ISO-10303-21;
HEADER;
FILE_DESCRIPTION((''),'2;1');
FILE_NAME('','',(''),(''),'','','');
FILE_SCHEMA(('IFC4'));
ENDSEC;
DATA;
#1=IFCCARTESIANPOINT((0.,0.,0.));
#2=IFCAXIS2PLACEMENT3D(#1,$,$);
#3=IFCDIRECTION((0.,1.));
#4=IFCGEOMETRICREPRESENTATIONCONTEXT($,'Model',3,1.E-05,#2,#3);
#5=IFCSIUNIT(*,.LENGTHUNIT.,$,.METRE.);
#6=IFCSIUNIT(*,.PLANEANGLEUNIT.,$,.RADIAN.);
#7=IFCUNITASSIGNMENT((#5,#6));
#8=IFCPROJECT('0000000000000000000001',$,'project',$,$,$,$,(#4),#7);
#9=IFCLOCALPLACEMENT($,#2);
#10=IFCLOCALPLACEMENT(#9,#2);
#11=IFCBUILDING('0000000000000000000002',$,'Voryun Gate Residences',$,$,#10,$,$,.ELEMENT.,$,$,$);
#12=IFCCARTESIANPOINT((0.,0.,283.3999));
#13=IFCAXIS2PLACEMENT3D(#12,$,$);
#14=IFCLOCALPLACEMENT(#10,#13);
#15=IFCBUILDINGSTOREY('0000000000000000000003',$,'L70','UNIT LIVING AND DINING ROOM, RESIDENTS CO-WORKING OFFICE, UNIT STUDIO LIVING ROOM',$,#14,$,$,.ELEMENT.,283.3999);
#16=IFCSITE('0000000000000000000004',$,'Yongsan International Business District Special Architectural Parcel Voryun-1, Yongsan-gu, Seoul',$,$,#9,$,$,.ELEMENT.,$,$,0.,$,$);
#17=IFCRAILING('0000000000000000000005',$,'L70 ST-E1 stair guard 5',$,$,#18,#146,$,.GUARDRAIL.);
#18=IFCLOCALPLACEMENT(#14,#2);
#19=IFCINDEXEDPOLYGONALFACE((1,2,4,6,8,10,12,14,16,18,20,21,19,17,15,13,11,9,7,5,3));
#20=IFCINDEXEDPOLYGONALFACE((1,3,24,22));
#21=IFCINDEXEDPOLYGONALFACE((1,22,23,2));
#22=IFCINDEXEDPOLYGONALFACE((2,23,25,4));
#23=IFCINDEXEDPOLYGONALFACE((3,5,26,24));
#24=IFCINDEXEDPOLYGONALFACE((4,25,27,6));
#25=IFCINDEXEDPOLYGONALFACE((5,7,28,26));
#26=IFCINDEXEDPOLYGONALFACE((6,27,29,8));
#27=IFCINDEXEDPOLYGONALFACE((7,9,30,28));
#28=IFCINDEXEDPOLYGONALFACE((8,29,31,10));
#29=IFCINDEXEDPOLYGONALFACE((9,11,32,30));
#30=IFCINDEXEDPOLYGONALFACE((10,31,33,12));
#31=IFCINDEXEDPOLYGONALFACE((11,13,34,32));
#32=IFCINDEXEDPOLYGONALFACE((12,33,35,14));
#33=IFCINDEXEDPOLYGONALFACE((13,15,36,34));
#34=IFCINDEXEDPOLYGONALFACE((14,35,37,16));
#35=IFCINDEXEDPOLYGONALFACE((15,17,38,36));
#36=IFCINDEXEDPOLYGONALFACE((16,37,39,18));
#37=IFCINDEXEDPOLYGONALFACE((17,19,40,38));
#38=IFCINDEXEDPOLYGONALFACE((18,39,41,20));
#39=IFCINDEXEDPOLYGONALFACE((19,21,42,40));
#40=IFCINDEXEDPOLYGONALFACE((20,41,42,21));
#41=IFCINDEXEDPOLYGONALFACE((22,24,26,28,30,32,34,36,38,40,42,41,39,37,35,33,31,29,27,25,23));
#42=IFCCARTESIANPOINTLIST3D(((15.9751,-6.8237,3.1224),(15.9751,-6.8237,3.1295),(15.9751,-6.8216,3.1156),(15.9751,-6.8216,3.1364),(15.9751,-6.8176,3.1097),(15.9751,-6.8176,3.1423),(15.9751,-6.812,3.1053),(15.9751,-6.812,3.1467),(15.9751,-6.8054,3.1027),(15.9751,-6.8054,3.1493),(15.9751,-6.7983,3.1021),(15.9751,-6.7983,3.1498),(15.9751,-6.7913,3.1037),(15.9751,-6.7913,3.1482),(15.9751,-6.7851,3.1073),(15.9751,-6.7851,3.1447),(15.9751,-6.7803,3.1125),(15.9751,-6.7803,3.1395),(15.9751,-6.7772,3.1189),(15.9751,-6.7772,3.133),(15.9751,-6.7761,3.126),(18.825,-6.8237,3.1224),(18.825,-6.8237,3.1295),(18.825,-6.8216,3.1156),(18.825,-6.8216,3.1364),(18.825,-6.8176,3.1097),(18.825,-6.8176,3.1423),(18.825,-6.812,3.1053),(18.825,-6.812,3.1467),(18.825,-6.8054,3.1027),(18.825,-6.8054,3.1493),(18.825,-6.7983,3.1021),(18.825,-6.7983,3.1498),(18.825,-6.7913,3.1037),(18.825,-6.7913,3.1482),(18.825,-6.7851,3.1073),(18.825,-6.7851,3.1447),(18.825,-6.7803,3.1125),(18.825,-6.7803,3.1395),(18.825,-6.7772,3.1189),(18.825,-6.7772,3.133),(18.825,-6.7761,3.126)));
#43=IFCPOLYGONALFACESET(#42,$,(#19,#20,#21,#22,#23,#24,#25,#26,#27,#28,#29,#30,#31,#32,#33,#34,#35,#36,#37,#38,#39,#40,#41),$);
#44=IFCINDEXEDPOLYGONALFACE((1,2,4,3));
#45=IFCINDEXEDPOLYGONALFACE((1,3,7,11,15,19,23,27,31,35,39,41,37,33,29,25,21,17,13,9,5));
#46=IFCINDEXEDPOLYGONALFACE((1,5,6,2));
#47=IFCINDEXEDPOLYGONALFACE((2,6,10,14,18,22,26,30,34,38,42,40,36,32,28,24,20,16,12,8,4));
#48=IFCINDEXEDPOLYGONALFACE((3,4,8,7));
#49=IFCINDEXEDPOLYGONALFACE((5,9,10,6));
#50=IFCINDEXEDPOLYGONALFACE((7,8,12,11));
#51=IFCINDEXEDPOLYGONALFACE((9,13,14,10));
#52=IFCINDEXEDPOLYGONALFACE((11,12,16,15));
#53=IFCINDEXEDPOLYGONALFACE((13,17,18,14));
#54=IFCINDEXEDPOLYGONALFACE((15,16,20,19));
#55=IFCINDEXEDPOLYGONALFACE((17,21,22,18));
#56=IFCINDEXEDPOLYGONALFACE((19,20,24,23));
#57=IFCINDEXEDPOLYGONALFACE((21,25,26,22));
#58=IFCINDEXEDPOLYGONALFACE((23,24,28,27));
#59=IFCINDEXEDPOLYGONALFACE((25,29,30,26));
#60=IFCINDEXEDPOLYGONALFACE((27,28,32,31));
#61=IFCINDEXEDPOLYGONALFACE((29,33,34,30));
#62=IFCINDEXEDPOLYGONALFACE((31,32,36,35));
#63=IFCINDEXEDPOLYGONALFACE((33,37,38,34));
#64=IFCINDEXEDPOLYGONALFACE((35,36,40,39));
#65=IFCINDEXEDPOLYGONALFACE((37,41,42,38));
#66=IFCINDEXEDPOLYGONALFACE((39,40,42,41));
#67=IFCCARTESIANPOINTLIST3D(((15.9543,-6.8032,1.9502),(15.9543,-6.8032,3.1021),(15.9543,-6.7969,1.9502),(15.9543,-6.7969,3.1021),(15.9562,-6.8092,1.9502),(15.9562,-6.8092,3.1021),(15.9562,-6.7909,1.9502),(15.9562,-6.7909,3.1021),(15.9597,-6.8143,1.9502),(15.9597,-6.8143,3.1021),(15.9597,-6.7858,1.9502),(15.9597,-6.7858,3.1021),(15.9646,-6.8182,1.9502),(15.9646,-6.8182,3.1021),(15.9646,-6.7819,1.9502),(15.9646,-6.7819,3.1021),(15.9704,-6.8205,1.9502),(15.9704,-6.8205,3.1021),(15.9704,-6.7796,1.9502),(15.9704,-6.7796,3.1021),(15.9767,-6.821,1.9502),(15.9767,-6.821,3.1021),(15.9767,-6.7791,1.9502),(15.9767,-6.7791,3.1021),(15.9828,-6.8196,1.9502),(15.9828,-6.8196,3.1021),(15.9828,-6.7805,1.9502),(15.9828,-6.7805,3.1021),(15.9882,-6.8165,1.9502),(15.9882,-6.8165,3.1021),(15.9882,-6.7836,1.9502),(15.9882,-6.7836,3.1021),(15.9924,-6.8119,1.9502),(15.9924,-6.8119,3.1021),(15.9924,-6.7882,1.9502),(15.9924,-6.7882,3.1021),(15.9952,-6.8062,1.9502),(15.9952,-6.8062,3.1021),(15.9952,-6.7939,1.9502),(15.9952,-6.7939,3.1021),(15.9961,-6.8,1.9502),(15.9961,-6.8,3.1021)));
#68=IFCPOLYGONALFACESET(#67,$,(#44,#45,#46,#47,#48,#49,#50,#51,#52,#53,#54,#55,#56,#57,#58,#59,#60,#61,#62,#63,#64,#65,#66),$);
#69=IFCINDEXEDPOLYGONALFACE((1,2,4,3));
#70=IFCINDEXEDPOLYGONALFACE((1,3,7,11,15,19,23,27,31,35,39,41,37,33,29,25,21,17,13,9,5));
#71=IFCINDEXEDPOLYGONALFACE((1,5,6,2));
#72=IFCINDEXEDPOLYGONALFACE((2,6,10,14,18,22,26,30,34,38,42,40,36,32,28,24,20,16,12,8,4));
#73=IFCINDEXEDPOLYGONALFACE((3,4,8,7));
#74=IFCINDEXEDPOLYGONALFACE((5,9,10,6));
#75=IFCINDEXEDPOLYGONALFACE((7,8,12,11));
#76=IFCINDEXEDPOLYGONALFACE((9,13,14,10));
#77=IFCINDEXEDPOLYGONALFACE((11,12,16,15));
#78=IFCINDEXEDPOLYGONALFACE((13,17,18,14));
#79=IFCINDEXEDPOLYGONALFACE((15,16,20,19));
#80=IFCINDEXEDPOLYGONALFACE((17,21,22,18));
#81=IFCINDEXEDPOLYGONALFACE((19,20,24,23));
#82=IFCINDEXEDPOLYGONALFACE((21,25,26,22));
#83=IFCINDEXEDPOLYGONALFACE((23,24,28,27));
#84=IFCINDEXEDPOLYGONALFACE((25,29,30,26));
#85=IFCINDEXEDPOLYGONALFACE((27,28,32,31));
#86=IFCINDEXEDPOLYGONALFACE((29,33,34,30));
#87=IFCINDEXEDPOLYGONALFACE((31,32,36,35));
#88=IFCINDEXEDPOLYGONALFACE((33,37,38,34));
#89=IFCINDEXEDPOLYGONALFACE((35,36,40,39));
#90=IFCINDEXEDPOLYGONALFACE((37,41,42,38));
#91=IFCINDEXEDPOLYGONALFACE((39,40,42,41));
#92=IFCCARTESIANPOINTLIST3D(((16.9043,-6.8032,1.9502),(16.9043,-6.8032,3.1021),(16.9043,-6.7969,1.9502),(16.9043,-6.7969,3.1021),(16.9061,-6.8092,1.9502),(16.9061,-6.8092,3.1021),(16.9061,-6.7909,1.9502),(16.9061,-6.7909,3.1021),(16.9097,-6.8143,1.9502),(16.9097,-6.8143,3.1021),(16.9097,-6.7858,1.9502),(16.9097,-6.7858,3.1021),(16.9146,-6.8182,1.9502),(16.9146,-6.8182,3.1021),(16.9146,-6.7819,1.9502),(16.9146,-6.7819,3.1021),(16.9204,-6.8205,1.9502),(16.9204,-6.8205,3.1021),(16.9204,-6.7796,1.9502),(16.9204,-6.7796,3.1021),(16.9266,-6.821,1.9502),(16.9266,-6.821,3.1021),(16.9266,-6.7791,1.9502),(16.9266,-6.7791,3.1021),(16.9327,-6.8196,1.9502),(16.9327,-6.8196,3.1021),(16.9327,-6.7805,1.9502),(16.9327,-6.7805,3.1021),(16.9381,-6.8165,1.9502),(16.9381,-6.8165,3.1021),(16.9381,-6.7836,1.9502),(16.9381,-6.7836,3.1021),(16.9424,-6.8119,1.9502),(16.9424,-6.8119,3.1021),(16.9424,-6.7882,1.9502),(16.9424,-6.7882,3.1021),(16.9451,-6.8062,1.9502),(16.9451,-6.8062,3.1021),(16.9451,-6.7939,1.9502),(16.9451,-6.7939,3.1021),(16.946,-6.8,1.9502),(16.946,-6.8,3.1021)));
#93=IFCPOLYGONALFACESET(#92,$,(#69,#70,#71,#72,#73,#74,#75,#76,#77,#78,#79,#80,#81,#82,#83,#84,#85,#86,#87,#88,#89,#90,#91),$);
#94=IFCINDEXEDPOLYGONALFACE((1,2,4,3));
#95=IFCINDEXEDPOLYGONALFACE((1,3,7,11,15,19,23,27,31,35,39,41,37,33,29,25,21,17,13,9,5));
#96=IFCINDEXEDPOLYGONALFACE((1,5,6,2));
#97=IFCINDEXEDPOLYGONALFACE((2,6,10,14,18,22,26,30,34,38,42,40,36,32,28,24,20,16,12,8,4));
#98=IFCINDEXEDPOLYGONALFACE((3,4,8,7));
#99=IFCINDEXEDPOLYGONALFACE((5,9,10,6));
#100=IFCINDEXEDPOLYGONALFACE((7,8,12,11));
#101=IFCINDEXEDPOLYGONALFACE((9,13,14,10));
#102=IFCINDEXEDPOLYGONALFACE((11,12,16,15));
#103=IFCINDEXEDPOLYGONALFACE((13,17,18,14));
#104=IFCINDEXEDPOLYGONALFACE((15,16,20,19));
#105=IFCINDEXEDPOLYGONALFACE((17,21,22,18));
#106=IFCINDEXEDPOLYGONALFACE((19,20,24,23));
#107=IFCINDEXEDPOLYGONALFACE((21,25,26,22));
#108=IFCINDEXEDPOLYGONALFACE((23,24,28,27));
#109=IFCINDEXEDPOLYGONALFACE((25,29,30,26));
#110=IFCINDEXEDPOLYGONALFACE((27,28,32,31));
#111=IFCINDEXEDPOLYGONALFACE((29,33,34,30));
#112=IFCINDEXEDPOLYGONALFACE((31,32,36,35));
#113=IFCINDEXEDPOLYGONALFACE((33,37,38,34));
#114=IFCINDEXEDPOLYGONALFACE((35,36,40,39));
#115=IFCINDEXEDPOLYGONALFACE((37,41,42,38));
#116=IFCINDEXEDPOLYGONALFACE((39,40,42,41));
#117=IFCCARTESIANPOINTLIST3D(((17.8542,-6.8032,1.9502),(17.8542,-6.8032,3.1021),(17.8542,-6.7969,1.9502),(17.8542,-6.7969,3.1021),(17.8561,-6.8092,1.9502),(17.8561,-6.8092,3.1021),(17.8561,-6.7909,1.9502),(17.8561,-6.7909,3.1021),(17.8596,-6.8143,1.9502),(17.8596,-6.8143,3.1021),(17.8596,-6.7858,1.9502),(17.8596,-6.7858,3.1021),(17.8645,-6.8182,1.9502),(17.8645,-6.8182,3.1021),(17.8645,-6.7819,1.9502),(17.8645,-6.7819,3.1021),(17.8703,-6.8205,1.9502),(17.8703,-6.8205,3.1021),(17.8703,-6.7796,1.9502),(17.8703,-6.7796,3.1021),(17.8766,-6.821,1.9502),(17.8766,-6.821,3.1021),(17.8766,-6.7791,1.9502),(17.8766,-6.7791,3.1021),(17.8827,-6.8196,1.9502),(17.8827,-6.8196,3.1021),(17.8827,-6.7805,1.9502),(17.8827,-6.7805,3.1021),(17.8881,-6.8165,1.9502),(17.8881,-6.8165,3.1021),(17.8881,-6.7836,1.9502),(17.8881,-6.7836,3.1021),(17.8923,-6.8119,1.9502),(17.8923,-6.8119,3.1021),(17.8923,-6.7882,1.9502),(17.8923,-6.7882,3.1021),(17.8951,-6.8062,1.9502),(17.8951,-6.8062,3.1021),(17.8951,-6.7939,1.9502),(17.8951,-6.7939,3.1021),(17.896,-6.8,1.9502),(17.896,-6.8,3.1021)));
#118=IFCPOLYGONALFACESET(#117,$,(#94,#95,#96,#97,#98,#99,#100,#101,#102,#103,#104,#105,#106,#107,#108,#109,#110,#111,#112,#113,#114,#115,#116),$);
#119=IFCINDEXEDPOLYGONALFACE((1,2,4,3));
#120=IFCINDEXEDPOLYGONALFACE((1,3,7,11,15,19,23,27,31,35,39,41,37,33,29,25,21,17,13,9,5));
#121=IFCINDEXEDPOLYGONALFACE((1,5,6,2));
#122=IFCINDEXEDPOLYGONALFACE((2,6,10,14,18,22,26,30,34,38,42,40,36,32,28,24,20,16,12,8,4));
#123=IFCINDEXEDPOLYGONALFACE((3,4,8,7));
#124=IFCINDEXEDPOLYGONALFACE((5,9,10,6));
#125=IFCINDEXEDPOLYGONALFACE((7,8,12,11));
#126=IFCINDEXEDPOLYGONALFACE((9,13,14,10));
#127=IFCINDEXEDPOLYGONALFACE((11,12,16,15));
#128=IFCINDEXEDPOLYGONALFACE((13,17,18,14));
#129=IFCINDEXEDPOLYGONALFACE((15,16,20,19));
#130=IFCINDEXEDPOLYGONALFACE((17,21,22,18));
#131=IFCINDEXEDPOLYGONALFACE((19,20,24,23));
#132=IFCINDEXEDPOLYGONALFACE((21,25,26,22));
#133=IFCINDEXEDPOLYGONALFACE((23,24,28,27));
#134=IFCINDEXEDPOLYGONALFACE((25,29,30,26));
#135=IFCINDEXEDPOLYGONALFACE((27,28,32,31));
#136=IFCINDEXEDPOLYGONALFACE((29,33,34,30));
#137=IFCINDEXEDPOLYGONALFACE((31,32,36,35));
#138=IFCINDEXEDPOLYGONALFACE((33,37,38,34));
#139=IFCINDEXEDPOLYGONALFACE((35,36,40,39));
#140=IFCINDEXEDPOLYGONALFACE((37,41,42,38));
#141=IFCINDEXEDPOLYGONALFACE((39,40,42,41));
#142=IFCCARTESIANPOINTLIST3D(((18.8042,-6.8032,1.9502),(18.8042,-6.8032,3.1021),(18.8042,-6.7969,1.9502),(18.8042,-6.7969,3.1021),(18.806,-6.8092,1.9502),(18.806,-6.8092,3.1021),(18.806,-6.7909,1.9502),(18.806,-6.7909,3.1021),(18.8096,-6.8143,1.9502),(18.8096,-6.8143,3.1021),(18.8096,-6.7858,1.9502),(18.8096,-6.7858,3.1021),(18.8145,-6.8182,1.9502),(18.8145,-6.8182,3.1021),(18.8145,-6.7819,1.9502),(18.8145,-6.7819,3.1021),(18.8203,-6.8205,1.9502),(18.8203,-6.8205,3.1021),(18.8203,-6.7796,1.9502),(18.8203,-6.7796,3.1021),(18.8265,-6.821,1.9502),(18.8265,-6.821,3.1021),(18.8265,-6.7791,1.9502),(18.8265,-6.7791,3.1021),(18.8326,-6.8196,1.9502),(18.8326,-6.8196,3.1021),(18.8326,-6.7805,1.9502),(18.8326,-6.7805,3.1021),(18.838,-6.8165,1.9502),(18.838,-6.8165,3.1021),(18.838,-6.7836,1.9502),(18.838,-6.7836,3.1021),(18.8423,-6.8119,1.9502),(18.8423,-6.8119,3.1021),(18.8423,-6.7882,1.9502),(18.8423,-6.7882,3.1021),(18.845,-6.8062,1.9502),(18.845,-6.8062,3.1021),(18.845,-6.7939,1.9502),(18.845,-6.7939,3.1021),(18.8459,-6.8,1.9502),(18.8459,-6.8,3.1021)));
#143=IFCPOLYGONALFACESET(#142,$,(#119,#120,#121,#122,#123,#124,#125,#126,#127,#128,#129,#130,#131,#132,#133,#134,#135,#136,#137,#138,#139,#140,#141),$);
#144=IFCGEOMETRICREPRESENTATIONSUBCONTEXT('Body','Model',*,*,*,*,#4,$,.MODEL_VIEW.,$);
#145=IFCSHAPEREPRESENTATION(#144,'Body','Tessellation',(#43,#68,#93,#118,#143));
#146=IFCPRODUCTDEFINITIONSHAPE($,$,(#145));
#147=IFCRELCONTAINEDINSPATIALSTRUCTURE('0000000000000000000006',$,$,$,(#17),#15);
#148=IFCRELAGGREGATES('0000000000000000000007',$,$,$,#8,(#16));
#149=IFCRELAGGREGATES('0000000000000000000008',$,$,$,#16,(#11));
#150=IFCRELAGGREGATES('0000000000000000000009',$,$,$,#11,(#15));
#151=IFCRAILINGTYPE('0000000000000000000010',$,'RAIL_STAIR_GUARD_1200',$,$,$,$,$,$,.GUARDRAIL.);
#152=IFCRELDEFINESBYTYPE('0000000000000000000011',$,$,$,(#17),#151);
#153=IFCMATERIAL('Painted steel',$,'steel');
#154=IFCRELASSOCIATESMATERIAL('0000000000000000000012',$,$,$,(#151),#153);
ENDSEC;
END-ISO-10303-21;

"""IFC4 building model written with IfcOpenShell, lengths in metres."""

from ifc_helpers import new_model, si_unit, direction, frame, origin, origin_2d, place, context, subcontext, project, spatial, circle, extrude, material, type_object, element, save


model = new_model("IFC4")

# Units and contexts
model_context = context("Model", 3, precision=1e-05, world=origin(), true_north=direction((0.0, 1.0)))
body_context = subcontext(model_context, "Body", "Model", "MODEL_VIEW")
ifc_project = project(units=[si_unit("LENGTHUNIT", "METRE"), si_unit("PLANEANGLEUNIT", "RADIAN")], contexts=[model_context])

# Site, building, storey
site_placement = place(None, origin())
site = spatial("IfcSite", under=ifc_project, at=site_placement, Name="Yongsan International Business District Special Architectural Parcel Voryun-1, Yongsan-gu, Seoul", CompositionType="ELEMENT", RefElevation=0.0)
building_placement = place(site_placement, origin())
building = spatial("IfcBuilding", under=site, at=building_placement, Name="Voryun Gate Residences", CompositionType="ELEMENT")
storey_placement = place(building_placement, frame((0.0, 0.0, 283.3999)))
storey = spatial("IfcBuildingStorey", under=building, at=storey_placement, Name="L70", Description="UNIT LIVING AND DINING ROOM, RESIDENTS CO-WORKING OFFICE, UNIT STUDIO LIVING ROOM", CompositionType="ELEMENT", Elevation=283.3999)

# Railing
ifc_material_1 = material(Name="Painted steel", Category="steel")
railing_type_1 = type_object("IfcRailingType", Name="RAIL_STAIR_GUARD_1200", PredefinedType="GUARDRAIL", material=ifc_material_1)
railing_1_placement = place(storey_placement, frame((15.9751, -6.8, 1.9502)))
element("IfcRailing", 1, at=railing_1_placement, inside=storey, type_object=railing_type_1, Name="L70 ST-E1 stair guard 5", PredefinedType="GUARDRAIL", context=body_context, shape_type="SweptSolid", body=[
    extrude(circle(Radius=0.0239, at=origin_2d()), frame((0.0, 0.0, 1.1758), z_axis=(1.0, 0.0, 0.0), x_axis=(0.0, 1.0, 0.0)), (0.0, 0.0, 1.0), 2.8499),
    extrude(circle(Radius=0.021, at=origin_2d()), origin(), (0.0, 0.0, 1.0), 1.1519),
    extrude(circle(Radius=0.021, at=origin_2d()), frame((0.95, 0.0, 0.0)), (0.0, 0.0, 1.0), 1.1519),
    extrude(circle(Radius=0.021, at=origin_2d()), frame((1.8999, 0.0, 0.0)), (0.0, 0.0, 1.0), 1.1519),
    extrude(circle(Radius=0.021, at=origin_2d()), frame((2.8499, 0.0, 0.0)), (0.0, 0.0, 1.0), 1.1519),
])

save(model, "model.ifc")
